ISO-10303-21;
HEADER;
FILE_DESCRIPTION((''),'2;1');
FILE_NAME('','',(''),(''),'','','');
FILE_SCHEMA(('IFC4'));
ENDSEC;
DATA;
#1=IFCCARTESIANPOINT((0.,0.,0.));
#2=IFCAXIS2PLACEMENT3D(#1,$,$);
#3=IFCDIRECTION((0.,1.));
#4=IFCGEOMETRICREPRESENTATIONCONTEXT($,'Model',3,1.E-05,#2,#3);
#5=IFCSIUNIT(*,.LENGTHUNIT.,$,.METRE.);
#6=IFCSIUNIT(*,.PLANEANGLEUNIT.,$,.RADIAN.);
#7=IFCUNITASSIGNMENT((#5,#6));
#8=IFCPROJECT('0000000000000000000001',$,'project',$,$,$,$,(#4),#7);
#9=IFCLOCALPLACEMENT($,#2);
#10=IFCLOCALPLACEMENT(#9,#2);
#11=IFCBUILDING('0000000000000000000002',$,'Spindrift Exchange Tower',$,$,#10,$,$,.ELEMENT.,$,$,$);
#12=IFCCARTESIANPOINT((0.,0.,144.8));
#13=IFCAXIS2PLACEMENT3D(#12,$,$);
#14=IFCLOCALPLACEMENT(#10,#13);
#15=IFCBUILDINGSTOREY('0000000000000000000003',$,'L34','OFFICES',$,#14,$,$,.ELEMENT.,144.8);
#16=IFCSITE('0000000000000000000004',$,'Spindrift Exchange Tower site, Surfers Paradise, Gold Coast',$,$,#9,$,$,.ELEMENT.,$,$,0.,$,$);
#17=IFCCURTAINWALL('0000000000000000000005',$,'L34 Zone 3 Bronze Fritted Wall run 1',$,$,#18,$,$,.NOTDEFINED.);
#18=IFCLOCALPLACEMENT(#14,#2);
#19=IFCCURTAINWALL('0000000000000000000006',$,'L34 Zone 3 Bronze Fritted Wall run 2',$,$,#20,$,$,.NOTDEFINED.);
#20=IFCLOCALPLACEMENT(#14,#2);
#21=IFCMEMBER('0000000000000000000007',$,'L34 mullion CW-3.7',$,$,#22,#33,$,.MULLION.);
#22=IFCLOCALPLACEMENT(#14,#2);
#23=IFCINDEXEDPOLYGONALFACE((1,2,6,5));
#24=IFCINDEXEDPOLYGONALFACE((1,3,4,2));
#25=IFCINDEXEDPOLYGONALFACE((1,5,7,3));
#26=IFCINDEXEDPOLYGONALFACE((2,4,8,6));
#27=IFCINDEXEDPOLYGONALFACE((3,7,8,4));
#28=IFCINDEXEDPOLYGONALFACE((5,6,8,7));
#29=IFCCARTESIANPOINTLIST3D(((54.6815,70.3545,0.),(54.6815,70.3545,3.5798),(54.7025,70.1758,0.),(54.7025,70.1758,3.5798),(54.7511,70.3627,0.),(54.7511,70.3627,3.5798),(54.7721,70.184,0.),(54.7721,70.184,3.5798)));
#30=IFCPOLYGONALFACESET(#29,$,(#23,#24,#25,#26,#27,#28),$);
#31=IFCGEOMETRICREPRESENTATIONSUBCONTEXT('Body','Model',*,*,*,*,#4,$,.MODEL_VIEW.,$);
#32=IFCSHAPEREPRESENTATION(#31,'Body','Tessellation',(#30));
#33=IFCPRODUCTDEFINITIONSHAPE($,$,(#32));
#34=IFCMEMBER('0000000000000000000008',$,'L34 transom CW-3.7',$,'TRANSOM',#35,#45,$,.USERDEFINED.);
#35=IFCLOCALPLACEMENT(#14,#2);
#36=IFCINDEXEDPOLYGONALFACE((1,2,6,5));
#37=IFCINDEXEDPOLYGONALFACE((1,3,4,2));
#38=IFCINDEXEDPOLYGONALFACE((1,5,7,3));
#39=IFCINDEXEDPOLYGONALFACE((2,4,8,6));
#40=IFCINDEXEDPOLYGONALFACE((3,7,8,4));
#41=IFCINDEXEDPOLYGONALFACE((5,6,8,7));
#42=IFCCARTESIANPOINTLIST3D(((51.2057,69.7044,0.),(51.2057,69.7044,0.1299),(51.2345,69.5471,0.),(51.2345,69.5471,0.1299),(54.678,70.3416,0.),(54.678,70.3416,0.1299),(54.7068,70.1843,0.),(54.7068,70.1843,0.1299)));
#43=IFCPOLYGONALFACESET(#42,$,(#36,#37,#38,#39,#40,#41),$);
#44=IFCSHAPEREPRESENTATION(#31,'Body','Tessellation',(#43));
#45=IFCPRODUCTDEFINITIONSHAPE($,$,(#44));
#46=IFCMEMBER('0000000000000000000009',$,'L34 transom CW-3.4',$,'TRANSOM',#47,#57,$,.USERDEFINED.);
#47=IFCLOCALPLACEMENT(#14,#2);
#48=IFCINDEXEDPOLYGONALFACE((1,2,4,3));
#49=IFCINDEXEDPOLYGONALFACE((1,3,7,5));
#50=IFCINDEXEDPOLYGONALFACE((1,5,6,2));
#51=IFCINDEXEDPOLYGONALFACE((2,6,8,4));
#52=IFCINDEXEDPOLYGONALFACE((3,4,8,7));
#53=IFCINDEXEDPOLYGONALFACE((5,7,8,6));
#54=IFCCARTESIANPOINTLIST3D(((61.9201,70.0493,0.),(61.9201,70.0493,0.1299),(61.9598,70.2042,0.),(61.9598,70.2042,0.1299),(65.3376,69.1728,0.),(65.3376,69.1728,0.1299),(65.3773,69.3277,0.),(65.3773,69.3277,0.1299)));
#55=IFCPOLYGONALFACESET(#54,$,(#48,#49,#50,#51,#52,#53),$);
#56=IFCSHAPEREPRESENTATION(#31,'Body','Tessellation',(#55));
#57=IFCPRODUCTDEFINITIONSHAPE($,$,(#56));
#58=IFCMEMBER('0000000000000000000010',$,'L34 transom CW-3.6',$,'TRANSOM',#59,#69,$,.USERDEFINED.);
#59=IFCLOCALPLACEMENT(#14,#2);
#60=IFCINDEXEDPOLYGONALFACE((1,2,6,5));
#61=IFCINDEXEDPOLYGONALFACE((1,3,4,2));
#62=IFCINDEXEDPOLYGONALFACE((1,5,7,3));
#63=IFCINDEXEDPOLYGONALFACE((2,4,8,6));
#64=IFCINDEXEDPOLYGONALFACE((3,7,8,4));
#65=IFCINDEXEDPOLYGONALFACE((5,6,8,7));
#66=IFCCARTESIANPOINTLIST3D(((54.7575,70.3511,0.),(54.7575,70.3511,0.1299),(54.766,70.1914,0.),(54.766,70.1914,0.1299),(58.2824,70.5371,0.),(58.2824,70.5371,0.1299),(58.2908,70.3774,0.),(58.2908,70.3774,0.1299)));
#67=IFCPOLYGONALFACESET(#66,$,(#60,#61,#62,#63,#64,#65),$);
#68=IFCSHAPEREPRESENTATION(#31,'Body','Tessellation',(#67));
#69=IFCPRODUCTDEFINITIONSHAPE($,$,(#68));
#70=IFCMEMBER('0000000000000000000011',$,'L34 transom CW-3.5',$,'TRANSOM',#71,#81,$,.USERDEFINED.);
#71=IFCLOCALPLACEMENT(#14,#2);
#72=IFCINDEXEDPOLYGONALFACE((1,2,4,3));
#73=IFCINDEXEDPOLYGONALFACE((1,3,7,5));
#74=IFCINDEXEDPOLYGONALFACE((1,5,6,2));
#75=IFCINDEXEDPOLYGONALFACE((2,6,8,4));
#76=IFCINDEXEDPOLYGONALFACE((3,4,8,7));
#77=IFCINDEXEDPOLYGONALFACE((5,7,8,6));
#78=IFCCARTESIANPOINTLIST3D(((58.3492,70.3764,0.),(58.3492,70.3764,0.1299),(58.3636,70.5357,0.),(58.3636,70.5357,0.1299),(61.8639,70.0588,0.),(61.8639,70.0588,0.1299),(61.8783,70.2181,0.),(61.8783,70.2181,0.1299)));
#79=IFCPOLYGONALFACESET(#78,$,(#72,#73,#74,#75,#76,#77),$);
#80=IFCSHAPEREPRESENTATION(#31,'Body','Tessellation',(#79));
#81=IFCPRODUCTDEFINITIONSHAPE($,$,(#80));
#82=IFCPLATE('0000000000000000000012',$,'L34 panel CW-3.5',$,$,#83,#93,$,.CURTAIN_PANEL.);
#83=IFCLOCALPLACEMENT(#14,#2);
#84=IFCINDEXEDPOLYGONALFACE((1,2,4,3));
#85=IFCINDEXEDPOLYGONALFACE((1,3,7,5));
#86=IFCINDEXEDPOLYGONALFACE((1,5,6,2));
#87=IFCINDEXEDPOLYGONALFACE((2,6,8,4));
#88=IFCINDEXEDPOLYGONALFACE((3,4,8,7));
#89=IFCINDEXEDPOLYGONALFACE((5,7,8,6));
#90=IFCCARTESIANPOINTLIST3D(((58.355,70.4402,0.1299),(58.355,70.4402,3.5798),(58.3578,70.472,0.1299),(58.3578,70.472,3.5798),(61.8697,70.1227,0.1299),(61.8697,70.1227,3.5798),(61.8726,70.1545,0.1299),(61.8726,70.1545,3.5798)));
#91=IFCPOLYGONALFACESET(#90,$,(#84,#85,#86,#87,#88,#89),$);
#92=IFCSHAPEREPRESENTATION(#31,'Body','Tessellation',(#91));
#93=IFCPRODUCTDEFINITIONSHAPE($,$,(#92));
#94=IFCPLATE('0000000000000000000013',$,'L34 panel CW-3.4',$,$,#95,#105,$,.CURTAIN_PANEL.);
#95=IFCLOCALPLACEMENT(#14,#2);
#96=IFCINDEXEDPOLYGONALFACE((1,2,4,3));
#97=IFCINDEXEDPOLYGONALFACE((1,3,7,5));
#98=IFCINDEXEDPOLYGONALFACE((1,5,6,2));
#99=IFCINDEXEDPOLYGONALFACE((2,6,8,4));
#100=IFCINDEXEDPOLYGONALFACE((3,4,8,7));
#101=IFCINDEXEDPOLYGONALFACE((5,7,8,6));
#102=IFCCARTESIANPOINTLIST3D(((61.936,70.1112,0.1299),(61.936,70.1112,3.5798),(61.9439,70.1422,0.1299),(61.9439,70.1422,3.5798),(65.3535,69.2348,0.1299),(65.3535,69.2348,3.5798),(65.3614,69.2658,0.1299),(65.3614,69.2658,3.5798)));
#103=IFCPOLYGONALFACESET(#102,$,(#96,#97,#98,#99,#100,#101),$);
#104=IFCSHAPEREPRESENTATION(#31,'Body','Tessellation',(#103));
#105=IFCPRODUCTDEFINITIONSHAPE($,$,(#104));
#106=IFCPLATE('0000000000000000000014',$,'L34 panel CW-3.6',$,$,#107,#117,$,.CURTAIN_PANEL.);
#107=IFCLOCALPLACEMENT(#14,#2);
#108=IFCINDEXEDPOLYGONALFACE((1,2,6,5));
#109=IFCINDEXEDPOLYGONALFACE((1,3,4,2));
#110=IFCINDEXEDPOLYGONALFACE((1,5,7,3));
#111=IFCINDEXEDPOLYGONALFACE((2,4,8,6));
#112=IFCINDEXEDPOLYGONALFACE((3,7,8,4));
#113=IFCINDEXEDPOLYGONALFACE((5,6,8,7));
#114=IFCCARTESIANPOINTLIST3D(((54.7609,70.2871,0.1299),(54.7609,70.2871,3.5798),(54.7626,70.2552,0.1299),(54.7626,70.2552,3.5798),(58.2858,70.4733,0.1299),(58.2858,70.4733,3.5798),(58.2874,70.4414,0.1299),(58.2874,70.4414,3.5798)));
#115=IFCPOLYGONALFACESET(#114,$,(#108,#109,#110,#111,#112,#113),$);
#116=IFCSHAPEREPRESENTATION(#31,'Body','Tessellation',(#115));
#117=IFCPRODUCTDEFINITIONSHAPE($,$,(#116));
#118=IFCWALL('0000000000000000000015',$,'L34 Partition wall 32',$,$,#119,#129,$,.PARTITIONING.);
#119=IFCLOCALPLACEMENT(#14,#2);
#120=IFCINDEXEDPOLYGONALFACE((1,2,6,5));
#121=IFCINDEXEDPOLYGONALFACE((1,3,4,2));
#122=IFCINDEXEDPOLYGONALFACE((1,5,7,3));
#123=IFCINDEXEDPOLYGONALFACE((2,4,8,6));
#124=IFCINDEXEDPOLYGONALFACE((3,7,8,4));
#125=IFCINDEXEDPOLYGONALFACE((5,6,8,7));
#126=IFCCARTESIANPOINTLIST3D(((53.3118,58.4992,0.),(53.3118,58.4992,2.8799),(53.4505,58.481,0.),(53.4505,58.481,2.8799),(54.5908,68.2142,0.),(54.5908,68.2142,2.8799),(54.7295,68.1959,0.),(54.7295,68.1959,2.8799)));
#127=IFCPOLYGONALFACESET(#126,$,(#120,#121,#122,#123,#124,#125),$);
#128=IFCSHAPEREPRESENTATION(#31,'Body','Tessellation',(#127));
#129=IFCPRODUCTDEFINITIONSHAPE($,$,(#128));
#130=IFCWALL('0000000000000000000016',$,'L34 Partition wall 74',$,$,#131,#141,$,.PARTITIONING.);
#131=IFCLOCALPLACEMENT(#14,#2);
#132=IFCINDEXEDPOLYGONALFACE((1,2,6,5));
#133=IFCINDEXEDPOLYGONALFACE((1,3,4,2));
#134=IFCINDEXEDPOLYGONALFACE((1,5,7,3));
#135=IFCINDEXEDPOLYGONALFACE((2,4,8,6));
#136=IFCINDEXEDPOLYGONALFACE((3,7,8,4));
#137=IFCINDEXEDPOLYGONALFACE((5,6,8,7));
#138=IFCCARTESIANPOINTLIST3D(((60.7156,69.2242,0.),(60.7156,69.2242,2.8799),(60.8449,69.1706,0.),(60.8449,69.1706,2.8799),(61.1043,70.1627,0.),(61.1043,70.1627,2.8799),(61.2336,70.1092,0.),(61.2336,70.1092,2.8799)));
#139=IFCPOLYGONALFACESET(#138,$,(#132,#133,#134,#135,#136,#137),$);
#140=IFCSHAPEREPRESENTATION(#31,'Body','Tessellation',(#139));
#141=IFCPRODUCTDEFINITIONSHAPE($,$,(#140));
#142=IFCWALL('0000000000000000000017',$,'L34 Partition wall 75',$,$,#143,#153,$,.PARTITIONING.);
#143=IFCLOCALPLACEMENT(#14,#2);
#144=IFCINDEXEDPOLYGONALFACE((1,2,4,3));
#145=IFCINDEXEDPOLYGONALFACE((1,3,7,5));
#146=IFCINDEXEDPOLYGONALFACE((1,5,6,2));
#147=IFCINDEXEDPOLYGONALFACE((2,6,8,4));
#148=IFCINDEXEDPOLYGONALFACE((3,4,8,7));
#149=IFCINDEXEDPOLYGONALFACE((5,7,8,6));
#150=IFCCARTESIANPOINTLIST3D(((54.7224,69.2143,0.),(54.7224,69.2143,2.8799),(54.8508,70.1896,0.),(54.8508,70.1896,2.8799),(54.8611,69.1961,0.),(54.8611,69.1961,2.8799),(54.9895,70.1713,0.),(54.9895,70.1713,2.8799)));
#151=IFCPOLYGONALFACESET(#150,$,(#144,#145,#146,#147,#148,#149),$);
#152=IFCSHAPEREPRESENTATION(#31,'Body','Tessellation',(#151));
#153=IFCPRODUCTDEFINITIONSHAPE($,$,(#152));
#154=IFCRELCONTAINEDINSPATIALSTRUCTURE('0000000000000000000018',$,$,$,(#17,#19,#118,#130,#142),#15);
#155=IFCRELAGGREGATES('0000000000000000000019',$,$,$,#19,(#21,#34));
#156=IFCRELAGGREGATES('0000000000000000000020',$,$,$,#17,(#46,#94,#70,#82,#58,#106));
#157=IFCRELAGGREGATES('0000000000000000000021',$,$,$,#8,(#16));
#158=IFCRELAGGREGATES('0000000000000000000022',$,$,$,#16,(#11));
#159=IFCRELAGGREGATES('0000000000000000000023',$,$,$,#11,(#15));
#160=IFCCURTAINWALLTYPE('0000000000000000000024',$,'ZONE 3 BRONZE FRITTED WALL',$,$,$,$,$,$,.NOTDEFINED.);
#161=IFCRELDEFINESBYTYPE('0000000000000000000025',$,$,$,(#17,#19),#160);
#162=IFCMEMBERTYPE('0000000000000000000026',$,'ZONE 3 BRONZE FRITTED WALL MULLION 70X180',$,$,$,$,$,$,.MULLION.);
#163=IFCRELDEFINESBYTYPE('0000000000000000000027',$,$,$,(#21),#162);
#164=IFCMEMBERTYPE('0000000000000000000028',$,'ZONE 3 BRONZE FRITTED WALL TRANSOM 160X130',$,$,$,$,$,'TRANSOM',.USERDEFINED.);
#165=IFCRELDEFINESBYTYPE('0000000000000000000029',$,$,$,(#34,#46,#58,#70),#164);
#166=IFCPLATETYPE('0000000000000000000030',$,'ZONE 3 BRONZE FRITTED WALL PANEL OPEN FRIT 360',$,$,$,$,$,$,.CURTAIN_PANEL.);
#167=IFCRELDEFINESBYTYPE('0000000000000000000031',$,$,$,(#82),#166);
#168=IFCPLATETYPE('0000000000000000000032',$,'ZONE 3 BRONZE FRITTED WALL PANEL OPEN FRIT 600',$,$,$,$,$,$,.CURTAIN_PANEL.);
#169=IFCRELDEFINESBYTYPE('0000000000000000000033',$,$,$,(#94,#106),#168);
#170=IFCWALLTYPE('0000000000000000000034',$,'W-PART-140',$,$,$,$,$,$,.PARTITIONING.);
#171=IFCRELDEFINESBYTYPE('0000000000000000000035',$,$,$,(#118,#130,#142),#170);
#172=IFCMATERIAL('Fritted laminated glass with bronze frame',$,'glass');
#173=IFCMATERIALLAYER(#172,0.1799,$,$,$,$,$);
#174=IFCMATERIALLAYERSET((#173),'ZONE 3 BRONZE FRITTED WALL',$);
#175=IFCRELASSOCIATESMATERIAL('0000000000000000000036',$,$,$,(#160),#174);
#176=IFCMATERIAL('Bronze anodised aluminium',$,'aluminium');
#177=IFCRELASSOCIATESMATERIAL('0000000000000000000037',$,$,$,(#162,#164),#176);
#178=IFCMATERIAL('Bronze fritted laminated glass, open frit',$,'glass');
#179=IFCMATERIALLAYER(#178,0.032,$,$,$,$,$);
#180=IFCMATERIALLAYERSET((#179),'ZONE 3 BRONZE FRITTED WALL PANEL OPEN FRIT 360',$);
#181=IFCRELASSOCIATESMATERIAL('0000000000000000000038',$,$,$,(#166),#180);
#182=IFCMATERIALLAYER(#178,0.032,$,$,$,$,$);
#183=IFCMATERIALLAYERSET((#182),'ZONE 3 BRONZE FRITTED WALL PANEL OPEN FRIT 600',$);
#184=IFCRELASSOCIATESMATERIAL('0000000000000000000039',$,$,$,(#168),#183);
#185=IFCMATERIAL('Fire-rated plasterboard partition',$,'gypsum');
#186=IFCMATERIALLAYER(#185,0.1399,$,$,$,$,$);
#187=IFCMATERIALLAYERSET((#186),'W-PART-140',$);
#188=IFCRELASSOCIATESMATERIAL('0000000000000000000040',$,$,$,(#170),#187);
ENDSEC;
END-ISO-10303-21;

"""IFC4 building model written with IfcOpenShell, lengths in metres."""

from ifc_helpers import new_model, si_unit, direction, frame, frame_2d, origin, origin_2d, place, context, subcontext, project, spatial, rectangle, extrude, source, transform, mapped, material, layer, layer_set, material_profile, profile_set, type_object, element, aggregate, save


model = new_model("IFC4")

# Units and contexts
model_context = context("Model", 3, precision=1e-05, world=origin(), true_north=direction((0.0, 1.0)))
body_context = subcontext(model_context, "Body", "Model", "MODEL_VIEW")
ifc_project = project(units=[si_unit("LENGTHUNIT", "METRE"), si_unit("PLANEANGLEUNIT", "RADIAN")], contexts=[model_context])

# Site, building, storey
site_placement = place(None, origin())
site = spatial("IfcSite", under=ifc_project, at=site_placement, Name="Spindrift Exchange Tower site, Surfers Paradise, Gold Coast", CompositionType="ELEMENT", RefElevation=0.0)
building_placement = place(site_placement, origin())
building = spatial("IfcBuilding", under=site, at=building_placement, Name="Spindrift Exchange Tower", CompositionType="ELEMENT")
storey_placement = place(building_placement, frame((0.0, 0.0, 144.8)))
storey = spatial("IfcBuildingStorey", under=building, at=storey_placement, Name="L34", Description="OFFICES", CompositionType="ELEMENT", Elevation=144.8)

# Curtain walls, members
ifc_material_1 = material(Name="Fritted laminated glass with bronze frame", Category="glass")
ifc_layer_1 = layer(ifc_material_1, 0.1799)
ifc_layer_set_1 = layer_set([ifc_layer_1], Name="ZONE 3 BRONZE FRITTED WALL")
curtain_wall_type = type_object("IfcCurtainWallType", Name="ZONE 3 BRONZE FRITTED WALL", PredefinedType="NOTDEFINED", material=ifc_layer_set_1)
curtain_wall_1_placement = place(storey_placement, origin())
curtain_wall_1 = element("IfcCurtainWall", 1, at=curtain_wall_1_placement, inside=storey, type_object=curtain_wall_type, Name="L34 Zone 3 Bronze Fritted Wall run 1", PredefinedType="NOTDEFINED")
ifc_material_2 = material(Name="Bronze anodised aluminium", Category="aluminium")
ifc_material_profile_1 = material_profile(ifc_material_2, rectangle(XDim=0.0701, YDim=0.1799, at=origin_2d()), Name="ZONE 3 BRONZE FRITTED WALL MULLION 70X180")
ifc_profile_set_1 = profile_set([ifc_material_profile_1], Name="Bronze anodised aluminium")
member_type_1 = type_object("IfcMemberType", Name="ZONE 3 BRONZE FRITTED WALL MULLION 70X180", PredefinedType="MULLION", material=ifc_profile_set_1)
shared_shape_1 = source(origin(), body_context, "Body", "SweptSolid", [
    extrude(rectangle(XDim=0.0701, YDim=0.1799, at=origin_2d()), origin(), (0.0, 0.0, 1.0), 3.5798),
])
curtain_wall_2_placement = place(storey_placement, origin())
curtain_wall_2 = element("IfcCurtainWall", 2, at=curtain_wall_2_placement, inside=storey, type_object=curtain_wall_type, Name="L34 Zone 3 Bronze Fritted Wall run 2", PredefinedType="NOTDEFINED")
member_1_placement = place(storey_placement, frame((54.7268, 70.2693, 0.0), z_axis=(0.0, 0.0, 1.0), x_axis=(-0.993147, -0.116874, 0.0)))
member_1 = element("IfcMember", 3, at=member_1_placement, type_object=member_type_1, Name="L34 mullion CW-3.7", PredefinedType="MULLION", context=body_context, shape_type="MappedRepresentation", body=[
    mapped(shared_shape_1, transform((0.0, 0.0, 0.0), scale=1.0)),
])
ifc_material_profile_2 = material_profile(ifc_material_2, rectangle(XDim=0.1599, YDim=0.1299, at=origin_2d()), Name="ZONE 3 BRONZE FRITTED WALL TRANSOM 160X130")
ifc_profile_set_2 = profile_set([ifc_material_profile_2], Name="Bronze anodised aluminium")
member_type_2 = type_object("IfcMemberType", Name="ZONE 3 BRONZE FRITTED WALL TRANSOM 160X130", ElementType="TRANSOM", PredefinedType="USERDEFINED", material=ifc_profile_set_2)
shared_shape_2 = source(origin(), body_context, "Body", "SweptSolid", [
    extrude(rectangle(XDim=0.1599, YDim=0.1299, at=origin_2d()), origin(), (0.0, 0.0, 1.0), 3.5303),
])
member_2_placement = place(storey_placement, frame((54.6924, 70.2629, 0.0649), z_axis=(-0.983576, -0.180492, 0.0), x_axis=(0.180492, -0.983576, 0.0)))
member_2 = element("IfcMember", 4, at=member_2_placement, type_object=member_type_2, Name="L34 transom CW-3.7", ObjectType="TRANSOM", PredefinedType="USERDEFINED", context=body_context, shape_type="MappedRepresentation", body=[
    mapped(shared_shape_2, transform((0.0, 0.0, 0.0), scale=1.0)),
])
aggregate(curtain_wall_2, [member_1, member_2])

# Members
shared_shape_3 = source(origin(), body_context, "Body", "SweptSolid", [
    extrude(rectangle(XDim=0.1599, YDim=0.1299, at=origin_2d()), origin(), (0.0, 0.0, 1.0), 3.5281),
])
member_3_placement = place(storey_placement, frame((65.3574, 69.2502, 0.0649), z_axis=(-0.968651, 0.248425, 0.0), x_axis=(-0.248425, -0.968651, 0.0)))
member_3 = element("IfcMember", 5, at=member_3_placement, type_object=member_type_2, Name="L34 transom CW-3.4", ObjectType="TRANSOM", PredefinedType="USERDEFINED", context=body_context, shape_type="MappedRepresentation", body=[
    mapped(shared_shape_3, transform((0.0, 0.0, 0.0), scale=1.0)),
])
shared_shape_4 = source(origin(), body_context, "Body", "SweptSolid", [
    extrude(rectangle(XDim=0.1599, YDim=0.1299, at=origin_2d()), origin(), (0.0, 0.0, 1.0), 3.5298),
])
member_4_placement = place(storey_placement, frame((58.2866, 70.4573, 0.0649), z_axis=(-0.99861, -0.052704, 0.0), x_axis=(0.052704, -0.99861, 0.0)))
member_4 = element("IfcMember", 6, at=member_4_placement, type_object=member_type_2, Name="L34 transom CW-3.6", ObjectType="TRANSOM", PredefinedType="USERDEFINED", context=body_context, shape_type="MappedRepresentation", body=[
    mapped(shared_shape_4, transform((0.0, 0.0, 0.0), scale=1.0)),
])
shared_shape_5 = source(origin(), body_context, "Body", "SweptSolid", [
    extrude(rectangle(XDim=0.1599, YDim=0.1299, at=origin_2d()), origin(), (0.0, 0.0, 1.0), 3.5291),
])
member_5_placement = place(storey_placement, frame((61.8711, 70.1384, 0.0649), z_axis=(-0.995941, 0.090006, 0.0), x_axis=(-0.090006, -0.995941, 0.0)))
member_5 = element("IfcMember", 7, at=member_5_placement, type_object=member_type_2, Name="L34 transom CW-3.5", ObjectType="TRANSOM", PredefinedType="USERDEFINED", context=body_context, shape_type="MappedRepresentation", body=[
    mapped(shared_shape_5, transform((0.0, 0.0, 0.0), scale=1.0)),
])

# Plates
ifc_material_3 = material(Name="Bronze fritted laminated glass, open frit", Category="glass")
ifc_layer_2 = layer(ifc_material_3, 0.032)
ifc_layer_set_2 = layer_set([ifc_layer_2], Name="ZONE 3 BRONZE FRITTED WALL PANEL OPEN FRIT 360")
plate_type_1 = type_object("IfcPlateType", Name="ZONE 3 BRONZE FRITTED WALL PANEL OPEN FRIT 360", PredefinedType="CURTAIN_PANEL", material=ifc_layer_set_2)
shared_shape_6 = source(origin(), body_context, "Body", "SweptSolid", [
    extrude(rectangle(XDim=3.5291, YDim=0.032, at=origin_2d()), origin(), (0.0, 0.0, 1.0), 3.45),
])
plate_1_placement = place(storey_placement, frame((60.1138, 70.2974, 0.1299), z_axis=(0.0, 0.0, 1.0), x_axis=(-0.995945, 0.089967, 0.0)))
plate_1 = element("IfcPlate", 8, at=plate_1_placement, type_object=plate_type_1, Name="L34 panel CW-3.5", PredefinedType="CURTAIN_PANEL", context=body_context, shape_type="MappedRepresentation", body=[
    mapped(shared_shape_6, transform((0.0, 0.0, 0.0), scale=1.0)),
])
ifc_layer_3 = layer(ifc_material_3, 0.032)
ifc_layer_set_3 = layer_set([ifc_layer_3], Name="ZONE 3 BRONZE FRITTED WALL PANEL OPEN FRIT 600")
plate_type_2 = type_object("IfcPlateType", Name="ZONE 3 BRONZE FRITTED WALL PANEL OPEN FRIT 600", PredefinedType="CURTAIN_PANEL", material=ifc_layer_set_3)
shared_shape_7 = source(origin(), body_context, "Body", "SweptSolid", [
    extrude(rectangle(XDim=3.5281, YDim=0.032, at=origin_2d()), origin(), (0.0, 0.0, 1.0), 3.45),
])
plate_2_placement = place(storey_placement, frame((63.6487, 69.6885, 0.1299), z_axis=(0.0, 0.0, 1.0), x_axis=(-0.968655, 0.248411, 0.0)))
plate_2 = element("IfcPlate", 9, at=plate_2_placement, type_object=plate_type_2, Name="L34 panel CW-3.4", PredefinedType="CURTAIN_PANEL", context=body_context, shape_type="MappedRepresentation", body=[
    mapped(shared_shape_7, transform((0.0, 0.0, 0.0), scale=1.0)),
])
shared_shape_8 = source(origin(), body_context, "Body", "SweptSolid", [
    extrude(rectangle(XDim=3.5298, YDim=0.032, at=origin_2d()), origin(), (0.0, 0.0, 1.0), 3.45),
])
plate_3_placement = place(storey_placement, frame((56.5242, 70.3643, 0.1299), z_axis=(0.0, 0.0, 1.0), x_axis=(-0.998608, -0.052753, 0.0)))
plate_3 = element("IfcPlate", 10, at=plate_3_placement, type_object=plate_type_2, Name="L34 panel CW-3.6", PredefinedType="CURTAIN_PANEL", context=body_context, shape_type="MappedRepresentation", body=[
    mapped(shared_shape_8, transform((0.0, 0.0, 0.0), scale=1.0)),
])
aggregate(curtain_wall_1, [member_3, plate_2, member_5, plate_1, member_4, plate_3])

# Walls
ifc_material_4 = material(Name="Fire-rated plasterboard partition", Category="gypsum")
ifc_layer_4 = layer(ifc_material_4, 0.1399)
ifc_layer_set_4 = layer_set([ifc_layer_4], Name="W-PART-140")
wall_type = type_object("IfcWallType", Name="W-PART-140", PredefinedType="PARTITIONING", material=ifc_layer_set_4)
wall_1_placement = place(storey_placement, frame((54.6602, 68.2051, 0.0), z_axis=(0.0, 0.0, 1.0), x_axis=(-0.13053, -0.991444, 0.0)))
element("IfcWall", 11, at=wall_1_placement, inside=storey, type_object=wall_type, Name="L34 Partition wall 32", PredefinedType="PARTITIONING", context=body_context, shape_type="SweptSolid", body=[
    extrude(rectangle(XDim=9.7988, YDim=0.1399, at=frame_2d((4.8994, 0.0))), origin(), (0.0, 0.0, 1.0), 2.8799),
])
wall_2_placement = place(storey_placement, frame((60.7803, 69.1975, 0.0), z_axis=(0.0, 0.0, 1.0), x_axis=(0.382635, 0.9239, 0.0)))
element("IfcWall", 12, at=wall_2_placement, inside=storey, type_object=wall_type, Name="L34 Partition wall 74", PredefinedType="PARTITIONING", context=body_context, shape_type="SweptSolid", body=[
    extrude(rectangle(XDim=1.0159, YDim=0.1399, at=frame_2d((0.5078, 0.0))), origin(), (0.0, 0.0, 1.0), 2.8799),
])
wall_3_placement = place(storey_placement, frame((54.7917, 69.2053, 0.0), z_axis=(0.0, 0.0, 1.0), x_axis=(0.130538, 0.991443, 0.0)))
element("IfcWall", 13, at=wall_3_placement, inside=storey, type_object=wall_type, Name="L34 Partition wall 75", PredefinedType="PARTITIONING", context=body_context, shape_type="SweptSolid", body=[
    extrude(rectangle(XDim=0.9836, YDim=0.1399, at=frame_2d((0.4917, 0.0))), origin(), (0.0, 0.0, 1.0), 2.8799),
])

save(model, "model.ifc")
